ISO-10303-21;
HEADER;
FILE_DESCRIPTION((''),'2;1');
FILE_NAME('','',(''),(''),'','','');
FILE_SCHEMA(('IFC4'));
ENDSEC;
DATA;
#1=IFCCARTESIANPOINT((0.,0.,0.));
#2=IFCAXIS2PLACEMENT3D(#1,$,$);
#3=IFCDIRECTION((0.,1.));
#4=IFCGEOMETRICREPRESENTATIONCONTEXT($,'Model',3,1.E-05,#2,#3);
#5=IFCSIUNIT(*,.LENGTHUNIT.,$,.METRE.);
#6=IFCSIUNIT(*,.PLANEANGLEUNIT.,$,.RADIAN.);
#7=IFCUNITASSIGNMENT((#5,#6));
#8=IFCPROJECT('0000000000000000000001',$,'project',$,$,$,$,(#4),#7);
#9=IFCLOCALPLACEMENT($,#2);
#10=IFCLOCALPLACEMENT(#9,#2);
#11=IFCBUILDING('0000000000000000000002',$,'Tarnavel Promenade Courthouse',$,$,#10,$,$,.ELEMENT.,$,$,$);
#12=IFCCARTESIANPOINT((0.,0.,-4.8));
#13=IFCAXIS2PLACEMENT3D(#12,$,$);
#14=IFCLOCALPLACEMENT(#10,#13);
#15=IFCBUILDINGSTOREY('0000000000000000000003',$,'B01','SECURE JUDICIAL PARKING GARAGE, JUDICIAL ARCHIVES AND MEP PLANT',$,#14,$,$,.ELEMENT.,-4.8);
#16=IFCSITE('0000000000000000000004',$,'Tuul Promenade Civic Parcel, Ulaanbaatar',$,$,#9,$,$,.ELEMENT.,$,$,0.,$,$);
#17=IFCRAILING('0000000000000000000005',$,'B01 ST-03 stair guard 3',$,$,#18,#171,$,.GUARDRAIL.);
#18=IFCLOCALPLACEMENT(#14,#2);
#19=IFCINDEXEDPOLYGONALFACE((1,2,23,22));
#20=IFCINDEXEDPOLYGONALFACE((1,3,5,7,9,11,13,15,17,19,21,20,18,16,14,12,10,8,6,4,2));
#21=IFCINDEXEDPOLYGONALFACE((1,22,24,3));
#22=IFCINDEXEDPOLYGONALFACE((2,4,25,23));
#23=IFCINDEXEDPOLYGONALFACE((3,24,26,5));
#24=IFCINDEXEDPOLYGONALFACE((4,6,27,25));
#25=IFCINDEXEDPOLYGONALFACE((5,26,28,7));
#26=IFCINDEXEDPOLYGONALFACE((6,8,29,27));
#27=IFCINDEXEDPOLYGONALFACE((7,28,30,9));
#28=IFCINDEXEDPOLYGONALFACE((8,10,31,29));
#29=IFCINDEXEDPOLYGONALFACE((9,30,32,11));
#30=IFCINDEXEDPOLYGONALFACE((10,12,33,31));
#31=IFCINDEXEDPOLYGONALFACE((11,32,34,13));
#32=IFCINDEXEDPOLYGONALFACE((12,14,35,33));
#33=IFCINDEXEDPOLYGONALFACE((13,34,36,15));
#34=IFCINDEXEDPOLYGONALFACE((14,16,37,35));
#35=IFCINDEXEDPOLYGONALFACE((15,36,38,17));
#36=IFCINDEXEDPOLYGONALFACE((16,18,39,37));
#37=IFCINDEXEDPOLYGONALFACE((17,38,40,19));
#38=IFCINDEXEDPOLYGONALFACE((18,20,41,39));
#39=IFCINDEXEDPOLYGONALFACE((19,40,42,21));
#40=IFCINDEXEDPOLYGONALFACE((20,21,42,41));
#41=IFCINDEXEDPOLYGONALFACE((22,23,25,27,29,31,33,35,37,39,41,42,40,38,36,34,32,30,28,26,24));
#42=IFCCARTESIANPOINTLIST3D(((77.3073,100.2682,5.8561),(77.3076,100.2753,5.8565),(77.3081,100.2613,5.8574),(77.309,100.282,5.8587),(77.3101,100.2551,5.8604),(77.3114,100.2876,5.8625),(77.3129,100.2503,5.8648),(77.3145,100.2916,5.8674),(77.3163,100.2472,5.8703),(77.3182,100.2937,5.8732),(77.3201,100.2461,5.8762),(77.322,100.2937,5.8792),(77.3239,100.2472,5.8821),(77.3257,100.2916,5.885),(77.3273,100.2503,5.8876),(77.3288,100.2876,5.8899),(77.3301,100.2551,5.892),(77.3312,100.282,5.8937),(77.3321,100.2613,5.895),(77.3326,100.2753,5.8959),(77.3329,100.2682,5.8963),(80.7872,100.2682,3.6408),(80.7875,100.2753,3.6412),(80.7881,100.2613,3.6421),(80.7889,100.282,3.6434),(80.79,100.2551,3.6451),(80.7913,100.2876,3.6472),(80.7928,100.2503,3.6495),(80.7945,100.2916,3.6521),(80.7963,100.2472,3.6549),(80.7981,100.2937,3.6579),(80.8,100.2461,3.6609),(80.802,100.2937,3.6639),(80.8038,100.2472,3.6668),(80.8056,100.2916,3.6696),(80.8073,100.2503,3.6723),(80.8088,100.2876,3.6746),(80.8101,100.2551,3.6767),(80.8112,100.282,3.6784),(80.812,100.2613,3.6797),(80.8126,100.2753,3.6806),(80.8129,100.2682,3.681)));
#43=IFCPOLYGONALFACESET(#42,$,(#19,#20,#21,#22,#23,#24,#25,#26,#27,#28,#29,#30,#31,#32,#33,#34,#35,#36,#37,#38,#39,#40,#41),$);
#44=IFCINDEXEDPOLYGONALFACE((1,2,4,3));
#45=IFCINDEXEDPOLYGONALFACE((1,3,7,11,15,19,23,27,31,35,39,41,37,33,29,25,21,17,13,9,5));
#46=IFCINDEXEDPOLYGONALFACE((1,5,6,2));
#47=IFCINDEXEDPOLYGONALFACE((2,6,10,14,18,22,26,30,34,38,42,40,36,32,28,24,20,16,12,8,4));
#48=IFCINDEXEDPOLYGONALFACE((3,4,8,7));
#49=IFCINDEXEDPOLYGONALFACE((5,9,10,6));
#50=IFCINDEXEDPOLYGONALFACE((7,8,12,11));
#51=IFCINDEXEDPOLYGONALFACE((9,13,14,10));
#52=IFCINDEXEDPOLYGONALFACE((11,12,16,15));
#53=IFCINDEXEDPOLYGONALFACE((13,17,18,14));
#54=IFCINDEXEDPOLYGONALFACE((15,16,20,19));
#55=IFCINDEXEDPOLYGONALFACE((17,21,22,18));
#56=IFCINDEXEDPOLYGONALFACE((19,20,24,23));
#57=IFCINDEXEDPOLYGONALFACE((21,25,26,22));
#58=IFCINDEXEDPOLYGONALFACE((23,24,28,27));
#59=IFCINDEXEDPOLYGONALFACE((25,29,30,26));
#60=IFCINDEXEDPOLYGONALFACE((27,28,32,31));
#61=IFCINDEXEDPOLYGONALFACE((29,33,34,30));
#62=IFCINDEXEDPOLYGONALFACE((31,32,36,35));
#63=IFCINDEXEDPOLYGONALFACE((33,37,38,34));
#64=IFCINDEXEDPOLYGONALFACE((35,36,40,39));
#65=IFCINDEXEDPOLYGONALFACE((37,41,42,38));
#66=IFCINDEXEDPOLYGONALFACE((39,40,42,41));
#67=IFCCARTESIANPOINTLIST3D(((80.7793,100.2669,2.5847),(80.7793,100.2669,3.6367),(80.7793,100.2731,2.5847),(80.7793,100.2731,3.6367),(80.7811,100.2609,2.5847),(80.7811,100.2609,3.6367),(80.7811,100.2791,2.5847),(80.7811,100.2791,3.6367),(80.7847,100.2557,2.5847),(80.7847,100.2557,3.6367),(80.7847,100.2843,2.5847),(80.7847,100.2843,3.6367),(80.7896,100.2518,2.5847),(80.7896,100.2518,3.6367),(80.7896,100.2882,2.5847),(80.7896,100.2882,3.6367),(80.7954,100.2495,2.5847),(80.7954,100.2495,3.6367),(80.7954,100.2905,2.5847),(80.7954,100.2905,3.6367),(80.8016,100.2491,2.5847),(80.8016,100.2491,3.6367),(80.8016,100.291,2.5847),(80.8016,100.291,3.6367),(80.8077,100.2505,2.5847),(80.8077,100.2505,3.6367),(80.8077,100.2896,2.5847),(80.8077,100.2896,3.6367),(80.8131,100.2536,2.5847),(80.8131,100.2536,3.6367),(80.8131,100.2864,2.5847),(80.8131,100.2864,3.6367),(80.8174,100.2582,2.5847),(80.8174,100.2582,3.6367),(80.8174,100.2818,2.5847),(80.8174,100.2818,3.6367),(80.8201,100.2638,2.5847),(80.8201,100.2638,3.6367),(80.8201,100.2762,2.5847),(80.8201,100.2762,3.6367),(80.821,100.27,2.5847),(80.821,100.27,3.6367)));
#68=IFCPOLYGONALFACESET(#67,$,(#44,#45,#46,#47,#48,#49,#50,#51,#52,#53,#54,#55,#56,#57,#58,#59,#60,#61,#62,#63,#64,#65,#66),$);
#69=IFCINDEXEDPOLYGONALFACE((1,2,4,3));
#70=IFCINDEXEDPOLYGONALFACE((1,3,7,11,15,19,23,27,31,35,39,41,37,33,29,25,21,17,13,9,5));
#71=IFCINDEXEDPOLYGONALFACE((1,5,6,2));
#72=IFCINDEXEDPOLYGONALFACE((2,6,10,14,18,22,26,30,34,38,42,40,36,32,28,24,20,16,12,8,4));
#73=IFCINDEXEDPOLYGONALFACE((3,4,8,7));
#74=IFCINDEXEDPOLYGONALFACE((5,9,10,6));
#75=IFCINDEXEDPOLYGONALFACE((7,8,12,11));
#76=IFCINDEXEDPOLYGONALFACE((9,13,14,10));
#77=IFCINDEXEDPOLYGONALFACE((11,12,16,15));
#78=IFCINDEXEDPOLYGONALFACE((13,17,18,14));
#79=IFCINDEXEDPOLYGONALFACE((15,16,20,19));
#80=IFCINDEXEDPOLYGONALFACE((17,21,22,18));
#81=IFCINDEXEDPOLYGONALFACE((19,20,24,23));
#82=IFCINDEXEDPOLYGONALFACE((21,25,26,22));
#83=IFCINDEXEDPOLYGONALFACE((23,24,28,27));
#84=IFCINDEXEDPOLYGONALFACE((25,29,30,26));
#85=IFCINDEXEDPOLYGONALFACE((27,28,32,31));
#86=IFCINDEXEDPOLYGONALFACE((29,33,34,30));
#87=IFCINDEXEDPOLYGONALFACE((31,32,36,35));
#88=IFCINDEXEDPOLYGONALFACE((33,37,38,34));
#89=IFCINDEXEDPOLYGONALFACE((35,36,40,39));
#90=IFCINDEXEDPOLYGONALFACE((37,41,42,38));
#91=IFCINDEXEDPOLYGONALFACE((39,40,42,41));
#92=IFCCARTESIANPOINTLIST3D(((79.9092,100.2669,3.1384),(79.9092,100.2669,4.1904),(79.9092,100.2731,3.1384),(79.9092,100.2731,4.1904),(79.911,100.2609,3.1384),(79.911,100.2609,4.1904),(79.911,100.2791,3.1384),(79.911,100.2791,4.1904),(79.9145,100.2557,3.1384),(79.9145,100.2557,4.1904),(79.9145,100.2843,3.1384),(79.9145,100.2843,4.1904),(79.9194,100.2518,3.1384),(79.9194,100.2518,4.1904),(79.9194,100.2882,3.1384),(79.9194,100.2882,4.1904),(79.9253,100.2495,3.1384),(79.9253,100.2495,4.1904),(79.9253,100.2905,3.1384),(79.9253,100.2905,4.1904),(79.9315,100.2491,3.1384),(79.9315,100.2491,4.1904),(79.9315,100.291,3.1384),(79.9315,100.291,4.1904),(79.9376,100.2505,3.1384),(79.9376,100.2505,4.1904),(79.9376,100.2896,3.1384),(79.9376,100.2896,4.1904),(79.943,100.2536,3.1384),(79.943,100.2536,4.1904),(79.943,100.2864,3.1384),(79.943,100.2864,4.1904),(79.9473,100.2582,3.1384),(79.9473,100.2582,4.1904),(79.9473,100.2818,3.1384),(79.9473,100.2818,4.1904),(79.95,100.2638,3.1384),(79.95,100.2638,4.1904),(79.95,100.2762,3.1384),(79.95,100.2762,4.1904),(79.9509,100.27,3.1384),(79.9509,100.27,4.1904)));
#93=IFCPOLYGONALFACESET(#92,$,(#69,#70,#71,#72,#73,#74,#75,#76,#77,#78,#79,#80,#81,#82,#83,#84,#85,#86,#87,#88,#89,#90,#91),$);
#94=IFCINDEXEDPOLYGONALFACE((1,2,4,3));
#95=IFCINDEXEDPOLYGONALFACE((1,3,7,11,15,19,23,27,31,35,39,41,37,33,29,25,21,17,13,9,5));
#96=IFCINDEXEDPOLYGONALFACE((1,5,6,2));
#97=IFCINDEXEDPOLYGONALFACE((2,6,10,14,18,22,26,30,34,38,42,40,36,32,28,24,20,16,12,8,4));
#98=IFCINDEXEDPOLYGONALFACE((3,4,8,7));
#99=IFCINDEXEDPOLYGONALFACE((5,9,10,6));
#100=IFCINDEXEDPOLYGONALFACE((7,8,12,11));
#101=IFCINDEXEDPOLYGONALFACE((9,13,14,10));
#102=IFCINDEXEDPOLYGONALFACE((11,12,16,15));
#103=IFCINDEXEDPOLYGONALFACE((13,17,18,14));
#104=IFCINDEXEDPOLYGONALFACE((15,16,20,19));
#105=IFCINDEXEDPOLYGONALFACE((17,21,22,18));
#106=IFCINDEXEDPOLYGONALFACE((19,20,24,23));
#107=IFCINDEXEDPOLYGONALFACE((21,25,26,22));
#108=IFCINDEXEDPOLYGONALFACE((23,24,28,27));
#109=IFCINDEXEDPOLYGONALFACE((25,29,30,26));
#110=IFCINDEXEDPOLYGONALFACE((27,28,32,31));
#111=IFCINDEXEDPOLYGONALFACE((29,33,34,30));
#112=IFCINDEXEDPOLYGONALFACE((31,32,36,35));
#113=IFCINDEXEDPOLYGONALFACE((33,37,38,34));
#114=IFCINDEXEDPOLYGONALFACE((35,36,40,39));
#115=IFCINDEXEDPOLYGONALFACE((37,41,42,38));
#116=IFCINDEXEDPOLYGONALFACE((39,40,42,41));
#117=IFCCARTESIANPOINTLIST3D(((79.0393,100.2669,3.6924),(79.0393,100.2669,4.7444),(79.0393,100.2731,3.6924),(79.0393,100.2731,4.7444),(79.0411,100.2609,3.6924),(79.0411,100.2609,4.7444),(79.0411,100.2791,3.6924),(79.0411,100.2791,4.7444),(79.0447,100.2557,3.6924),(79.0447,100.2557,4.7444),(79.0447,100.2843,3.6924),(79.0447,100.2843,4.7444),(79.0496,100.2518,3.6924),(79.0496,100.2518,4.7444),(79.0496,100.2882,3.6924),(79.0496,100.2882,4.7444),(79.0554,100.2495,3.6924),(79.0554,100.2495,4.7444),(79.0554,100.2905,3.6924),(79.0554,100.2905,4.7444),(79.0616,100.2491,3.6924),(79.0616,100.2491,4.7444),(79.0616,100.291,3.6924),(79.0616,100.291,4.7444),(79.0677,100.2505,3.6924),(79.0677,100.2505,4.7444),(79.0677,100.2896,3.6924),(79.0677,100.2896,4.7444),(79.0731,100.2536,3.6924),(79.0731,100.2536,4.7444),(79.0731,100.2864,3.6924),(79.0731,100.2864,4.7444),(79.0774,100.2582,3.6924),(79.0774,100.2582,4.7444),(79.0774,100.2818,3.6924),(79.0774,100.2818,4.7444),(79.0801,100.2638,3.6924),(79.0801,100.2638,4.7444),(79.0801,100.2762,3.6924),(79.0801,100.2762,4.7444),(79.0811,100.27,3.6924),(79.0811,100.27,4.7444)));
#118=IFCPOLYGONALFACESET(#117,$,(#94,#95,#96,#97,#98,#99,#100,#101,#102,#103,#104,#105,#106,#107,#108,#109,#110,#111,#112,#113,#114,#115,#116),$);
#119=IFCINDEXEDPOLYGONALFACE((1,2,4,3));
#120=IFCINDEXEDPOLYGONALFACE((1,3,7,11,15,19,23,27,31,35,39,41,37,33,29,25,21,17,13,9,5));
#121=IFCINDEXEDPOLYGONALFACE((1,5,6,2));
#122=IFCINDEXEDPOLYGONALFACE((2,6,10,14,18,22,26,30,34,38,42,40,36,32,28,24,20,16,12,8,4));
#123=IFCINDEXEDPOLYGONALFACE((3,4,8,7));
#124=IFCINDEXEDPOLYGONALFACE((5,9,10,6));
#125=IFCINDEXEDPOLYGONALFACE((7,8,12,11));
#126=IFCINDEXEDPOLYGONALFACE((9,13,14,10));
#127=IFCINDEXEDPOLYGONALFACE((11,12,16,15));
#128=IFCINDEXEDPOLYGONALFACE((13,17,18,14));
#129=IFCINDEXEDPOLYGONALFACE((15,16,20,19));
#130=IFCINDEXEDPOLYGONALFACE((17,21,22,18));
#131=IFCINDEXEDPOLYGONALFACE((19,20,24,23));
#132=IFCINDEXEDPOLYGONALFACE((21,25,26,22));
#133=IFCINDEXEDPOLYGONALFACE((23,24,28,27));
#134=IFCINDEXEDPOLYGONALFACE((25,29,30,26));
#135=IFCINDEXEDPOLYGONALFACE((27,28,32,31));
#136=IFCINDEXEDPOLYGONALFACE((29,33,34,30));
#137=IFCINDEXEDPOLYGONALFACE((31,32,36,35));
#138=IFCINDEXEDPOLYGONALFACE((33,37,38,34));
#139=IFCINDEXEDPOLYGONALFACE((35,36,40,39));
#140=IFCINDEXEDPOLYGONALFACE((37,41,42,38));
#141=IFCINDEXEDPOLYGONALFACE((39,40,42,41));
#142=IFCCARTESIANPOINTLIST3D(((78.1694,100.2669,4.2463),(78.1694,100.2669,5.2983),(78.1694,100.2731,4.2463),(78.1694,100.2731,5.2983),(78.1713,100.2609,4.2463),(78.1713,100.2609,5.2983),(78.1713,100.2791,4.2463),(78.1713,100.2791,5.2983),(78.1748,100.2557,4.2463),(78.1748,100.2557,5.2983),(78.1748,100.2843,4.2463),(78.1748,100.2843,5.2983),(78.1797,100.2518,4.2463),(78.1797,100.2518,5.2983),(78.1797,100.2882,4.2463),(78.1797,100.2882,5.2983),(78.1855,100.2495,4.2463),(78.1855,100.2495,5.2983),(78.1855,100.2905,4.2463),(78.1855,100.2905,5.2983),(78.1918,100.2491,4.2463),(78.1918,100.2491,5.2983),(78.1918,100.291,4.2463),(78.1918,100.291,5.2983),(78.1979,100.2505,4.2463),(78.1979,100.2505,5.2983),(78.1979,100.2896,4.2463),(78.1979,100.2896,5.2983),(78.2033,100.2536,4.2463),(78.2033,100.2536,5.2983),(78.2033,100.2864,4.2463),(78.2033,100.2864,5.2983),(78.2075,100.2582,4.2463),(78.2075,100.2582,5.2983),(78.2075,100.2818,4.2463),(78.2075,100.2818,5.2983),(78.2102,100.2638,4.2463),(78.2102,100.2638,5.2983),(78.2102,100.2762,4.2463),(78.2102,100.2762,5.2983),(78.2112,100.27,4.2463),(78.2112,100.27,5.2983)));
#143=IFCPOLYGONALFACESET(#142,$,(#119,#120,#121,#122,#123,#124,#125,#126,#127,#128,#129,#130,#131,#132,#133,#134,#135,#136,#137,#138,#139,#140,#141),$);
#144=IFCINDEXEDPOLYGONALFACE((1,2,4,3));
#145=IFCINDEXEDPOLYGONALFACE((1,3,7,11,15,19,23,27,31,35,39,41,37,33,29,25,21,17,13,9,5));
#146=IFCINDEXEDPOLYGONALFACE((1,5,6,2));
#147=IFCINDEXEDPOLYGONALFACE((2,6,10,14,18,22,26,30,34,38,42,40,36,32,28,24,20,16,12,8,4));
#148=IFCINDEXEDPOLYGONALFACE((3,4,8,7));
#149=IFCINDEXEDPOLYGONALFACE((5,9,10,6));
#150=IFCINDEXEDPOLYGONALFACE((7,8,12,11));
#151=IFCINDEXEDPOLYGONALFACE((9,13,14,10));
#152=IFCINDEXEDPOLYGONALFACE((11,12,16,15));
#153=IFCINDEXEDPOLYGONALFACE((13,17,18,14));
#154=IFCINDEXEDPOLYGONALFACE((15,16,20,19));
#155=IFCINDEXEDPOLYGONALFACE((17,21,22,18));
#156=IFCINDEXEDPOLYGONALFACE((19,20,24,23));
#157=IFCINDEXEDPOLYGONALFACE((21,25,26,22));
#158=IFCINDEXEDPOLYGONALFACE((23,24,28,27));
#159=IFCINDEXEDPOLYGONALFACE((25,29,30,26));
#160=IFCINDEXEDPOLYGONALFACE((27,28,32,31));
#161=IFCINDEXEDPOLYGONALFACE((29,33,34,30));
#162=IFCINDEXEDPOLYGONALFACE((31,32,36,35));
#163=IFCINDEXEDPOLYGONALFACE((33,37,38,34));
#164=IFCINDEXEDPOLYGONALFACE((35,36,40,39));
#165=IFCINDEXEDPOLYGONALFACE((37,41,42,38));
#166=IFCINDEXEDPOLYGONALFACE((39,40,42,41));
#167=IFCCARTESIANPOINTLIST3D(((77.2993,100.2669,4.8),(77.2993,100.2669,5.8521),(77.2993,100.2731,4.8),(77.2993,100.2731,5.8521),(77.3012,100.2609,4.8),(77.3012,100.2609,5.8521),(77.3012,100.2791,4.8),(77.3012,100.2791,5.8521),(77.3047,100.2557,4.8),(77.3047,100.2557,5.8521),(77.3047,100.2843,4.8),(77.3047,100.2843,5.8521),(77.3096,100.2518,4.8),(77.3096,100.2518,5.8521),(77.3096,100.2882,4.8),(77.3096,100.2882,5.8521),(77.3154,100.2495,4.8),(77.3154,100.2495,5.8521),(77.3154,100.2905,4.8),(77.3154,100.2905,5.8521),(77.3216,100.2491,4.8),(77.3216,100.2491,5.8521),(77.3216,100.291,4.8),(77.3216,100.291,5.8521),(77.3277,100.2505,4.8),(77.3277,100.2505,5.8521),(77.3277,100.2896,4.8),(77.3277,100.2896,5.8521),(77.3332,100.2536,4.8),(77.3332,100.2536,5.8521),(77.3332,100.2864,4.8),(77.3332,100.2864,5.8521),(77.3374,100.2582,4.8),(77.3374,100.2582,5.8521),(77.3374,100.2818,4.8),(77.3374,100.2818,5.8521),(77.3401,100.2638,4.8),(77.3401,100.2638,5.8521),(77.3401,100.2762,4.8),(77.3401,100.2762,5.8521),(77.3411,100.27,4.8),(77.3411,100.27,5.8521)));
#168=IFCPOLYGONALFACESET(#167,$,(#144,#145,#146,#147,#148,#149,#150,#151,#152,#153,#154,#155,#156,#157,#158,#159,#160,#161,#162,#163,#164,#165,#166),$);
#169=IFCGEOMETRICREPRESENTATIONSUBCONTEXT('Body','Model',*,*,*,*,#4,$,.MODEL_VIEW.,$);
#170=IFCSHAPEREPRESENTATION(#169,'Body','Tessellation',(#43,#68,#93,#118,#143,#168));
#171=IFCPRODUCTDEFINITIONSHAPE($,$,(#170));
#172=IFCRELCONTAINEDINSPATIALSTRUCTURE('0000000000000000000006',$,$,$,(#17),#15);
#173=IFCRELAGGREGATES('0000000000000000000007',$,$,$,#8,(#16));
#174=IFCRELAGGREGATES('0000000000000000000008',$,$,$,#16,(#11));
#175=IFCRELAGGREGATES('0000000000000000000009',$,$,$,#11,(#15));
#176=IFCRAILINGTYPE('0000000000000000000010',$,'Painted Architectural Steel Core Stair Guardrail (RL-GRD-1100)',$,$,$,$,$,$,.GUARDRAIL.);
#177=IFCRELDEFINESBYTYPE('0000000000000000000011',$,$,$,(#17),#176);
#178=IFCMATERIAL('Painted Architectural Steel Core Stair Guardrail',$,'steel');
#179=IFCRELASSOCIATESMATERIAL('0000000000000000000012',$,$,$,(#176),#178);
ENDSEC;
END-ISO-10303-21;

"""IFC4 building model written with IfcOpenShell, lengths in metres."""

from ifc_helpers import new_model, si_unit, direction, frame, origin, origin_2d, place, context, subcontext, project, spatial, circle, extrude, material, type_object, element, save


model = new_model("IFC4")

# Units and contexts
model_context = context("Model", 3, precision=1e-05, world=origin(), true_north=direction((0.0, 1.0)))
body_context = subcontext(model_context, "Body", "Model", "MODEL_VIEW")
ifc_project = project(units=[si_unit("LENGTHUNIT", "METRE"), si_unit("PLANEANGLEUNIT", "RADIAN")], contexts=[model_context])

# Site, building, storey
site_placement = place(None, origin())
site = spatial("IfcSite", under=ifc_project, at=site_placement, Name="Tuul Promenade Civic Parcel, Ulaanbaatar", CompositionType="ELEMENT", RefElevation=0.0)
building_placement = place(site_placement, origin())
building = spatial("IfcBuilding", under=site, at=building_placement, Name="Tarnavel Promenade Courthouse", CompositionType="ELEMENT")
storey_placement = place(building_placement, frame((0.0, 0.0, -4.8)))
storey = spatial("IfcBuildingStorey", under=building, at=storey_placement, Name="B01", Description="SECURE JUDICIAL PARKING GARAGE, JUDICIAL ARCHIVES AND MEP PLANT", CompositionType="ELEMENT", Elevation=-4.8)

# Railing
ifc_material_1 = material(Name="Painted Architectural Steel Core Stair Guardrail", Category="steel")
railing_type_1 = type_object("IfcRailingType", Name="Painted Architectural Steel Core Stair Guardrail (RL-GRD-1100)", PredefinedType="GUARDRAIL", material=ifc_material_1)
railing_1_placement = place(storey_placement, frame((80.8, 100.27, 2.5847)))
element("IfcRailing", 1, at=railing_1_placement, inside=storey, type_object=railing_type_1, Name="B01 ST-03 stair guard 3", PredefinedType="GUARDRAIL", context=body_context, shape_type="SweptSolid", body=[
    extrude(circle(Radius=0.0239, at=origin_2d()), frame((0.0, 0.0, 1.0762), z_axis=(-0.843574, 0.0, 0.537013), x_axis=(0.0, -1.0, 0.0)), (0.0, 0.0, 1.0), 4.1252),
    extrude(circle(Radius=0.021, at=origin_2d()), origin(), (0.0, 0.0, 1.0), 1.052),
    extrude(circle(Radius=0.021, at=origin_2d()), frame((-0.8701, 0.0, 0.5537)), (0.0, 0.0, 1.0), 1.052),
    extrude(circle(Radius=0.021, at=origin_2d()), frame((-1.74, 0.0, 1.1077)), (0.0, 0.0, 1.0), 1.052),
    extrude(circle(Radius=0.021, at=origin_2d()), frame((-2.6099, 0.0, 1.6616)), (0.0, 0.0, 1.0), 1.052),
    extrude(circle(Radius=0.021, at=origin_2d()), frame((-3.48, 0.0, 2.2153)), (0.0, 0.0, 1.0), 1.052),
])

save(model, "model.ifc")
